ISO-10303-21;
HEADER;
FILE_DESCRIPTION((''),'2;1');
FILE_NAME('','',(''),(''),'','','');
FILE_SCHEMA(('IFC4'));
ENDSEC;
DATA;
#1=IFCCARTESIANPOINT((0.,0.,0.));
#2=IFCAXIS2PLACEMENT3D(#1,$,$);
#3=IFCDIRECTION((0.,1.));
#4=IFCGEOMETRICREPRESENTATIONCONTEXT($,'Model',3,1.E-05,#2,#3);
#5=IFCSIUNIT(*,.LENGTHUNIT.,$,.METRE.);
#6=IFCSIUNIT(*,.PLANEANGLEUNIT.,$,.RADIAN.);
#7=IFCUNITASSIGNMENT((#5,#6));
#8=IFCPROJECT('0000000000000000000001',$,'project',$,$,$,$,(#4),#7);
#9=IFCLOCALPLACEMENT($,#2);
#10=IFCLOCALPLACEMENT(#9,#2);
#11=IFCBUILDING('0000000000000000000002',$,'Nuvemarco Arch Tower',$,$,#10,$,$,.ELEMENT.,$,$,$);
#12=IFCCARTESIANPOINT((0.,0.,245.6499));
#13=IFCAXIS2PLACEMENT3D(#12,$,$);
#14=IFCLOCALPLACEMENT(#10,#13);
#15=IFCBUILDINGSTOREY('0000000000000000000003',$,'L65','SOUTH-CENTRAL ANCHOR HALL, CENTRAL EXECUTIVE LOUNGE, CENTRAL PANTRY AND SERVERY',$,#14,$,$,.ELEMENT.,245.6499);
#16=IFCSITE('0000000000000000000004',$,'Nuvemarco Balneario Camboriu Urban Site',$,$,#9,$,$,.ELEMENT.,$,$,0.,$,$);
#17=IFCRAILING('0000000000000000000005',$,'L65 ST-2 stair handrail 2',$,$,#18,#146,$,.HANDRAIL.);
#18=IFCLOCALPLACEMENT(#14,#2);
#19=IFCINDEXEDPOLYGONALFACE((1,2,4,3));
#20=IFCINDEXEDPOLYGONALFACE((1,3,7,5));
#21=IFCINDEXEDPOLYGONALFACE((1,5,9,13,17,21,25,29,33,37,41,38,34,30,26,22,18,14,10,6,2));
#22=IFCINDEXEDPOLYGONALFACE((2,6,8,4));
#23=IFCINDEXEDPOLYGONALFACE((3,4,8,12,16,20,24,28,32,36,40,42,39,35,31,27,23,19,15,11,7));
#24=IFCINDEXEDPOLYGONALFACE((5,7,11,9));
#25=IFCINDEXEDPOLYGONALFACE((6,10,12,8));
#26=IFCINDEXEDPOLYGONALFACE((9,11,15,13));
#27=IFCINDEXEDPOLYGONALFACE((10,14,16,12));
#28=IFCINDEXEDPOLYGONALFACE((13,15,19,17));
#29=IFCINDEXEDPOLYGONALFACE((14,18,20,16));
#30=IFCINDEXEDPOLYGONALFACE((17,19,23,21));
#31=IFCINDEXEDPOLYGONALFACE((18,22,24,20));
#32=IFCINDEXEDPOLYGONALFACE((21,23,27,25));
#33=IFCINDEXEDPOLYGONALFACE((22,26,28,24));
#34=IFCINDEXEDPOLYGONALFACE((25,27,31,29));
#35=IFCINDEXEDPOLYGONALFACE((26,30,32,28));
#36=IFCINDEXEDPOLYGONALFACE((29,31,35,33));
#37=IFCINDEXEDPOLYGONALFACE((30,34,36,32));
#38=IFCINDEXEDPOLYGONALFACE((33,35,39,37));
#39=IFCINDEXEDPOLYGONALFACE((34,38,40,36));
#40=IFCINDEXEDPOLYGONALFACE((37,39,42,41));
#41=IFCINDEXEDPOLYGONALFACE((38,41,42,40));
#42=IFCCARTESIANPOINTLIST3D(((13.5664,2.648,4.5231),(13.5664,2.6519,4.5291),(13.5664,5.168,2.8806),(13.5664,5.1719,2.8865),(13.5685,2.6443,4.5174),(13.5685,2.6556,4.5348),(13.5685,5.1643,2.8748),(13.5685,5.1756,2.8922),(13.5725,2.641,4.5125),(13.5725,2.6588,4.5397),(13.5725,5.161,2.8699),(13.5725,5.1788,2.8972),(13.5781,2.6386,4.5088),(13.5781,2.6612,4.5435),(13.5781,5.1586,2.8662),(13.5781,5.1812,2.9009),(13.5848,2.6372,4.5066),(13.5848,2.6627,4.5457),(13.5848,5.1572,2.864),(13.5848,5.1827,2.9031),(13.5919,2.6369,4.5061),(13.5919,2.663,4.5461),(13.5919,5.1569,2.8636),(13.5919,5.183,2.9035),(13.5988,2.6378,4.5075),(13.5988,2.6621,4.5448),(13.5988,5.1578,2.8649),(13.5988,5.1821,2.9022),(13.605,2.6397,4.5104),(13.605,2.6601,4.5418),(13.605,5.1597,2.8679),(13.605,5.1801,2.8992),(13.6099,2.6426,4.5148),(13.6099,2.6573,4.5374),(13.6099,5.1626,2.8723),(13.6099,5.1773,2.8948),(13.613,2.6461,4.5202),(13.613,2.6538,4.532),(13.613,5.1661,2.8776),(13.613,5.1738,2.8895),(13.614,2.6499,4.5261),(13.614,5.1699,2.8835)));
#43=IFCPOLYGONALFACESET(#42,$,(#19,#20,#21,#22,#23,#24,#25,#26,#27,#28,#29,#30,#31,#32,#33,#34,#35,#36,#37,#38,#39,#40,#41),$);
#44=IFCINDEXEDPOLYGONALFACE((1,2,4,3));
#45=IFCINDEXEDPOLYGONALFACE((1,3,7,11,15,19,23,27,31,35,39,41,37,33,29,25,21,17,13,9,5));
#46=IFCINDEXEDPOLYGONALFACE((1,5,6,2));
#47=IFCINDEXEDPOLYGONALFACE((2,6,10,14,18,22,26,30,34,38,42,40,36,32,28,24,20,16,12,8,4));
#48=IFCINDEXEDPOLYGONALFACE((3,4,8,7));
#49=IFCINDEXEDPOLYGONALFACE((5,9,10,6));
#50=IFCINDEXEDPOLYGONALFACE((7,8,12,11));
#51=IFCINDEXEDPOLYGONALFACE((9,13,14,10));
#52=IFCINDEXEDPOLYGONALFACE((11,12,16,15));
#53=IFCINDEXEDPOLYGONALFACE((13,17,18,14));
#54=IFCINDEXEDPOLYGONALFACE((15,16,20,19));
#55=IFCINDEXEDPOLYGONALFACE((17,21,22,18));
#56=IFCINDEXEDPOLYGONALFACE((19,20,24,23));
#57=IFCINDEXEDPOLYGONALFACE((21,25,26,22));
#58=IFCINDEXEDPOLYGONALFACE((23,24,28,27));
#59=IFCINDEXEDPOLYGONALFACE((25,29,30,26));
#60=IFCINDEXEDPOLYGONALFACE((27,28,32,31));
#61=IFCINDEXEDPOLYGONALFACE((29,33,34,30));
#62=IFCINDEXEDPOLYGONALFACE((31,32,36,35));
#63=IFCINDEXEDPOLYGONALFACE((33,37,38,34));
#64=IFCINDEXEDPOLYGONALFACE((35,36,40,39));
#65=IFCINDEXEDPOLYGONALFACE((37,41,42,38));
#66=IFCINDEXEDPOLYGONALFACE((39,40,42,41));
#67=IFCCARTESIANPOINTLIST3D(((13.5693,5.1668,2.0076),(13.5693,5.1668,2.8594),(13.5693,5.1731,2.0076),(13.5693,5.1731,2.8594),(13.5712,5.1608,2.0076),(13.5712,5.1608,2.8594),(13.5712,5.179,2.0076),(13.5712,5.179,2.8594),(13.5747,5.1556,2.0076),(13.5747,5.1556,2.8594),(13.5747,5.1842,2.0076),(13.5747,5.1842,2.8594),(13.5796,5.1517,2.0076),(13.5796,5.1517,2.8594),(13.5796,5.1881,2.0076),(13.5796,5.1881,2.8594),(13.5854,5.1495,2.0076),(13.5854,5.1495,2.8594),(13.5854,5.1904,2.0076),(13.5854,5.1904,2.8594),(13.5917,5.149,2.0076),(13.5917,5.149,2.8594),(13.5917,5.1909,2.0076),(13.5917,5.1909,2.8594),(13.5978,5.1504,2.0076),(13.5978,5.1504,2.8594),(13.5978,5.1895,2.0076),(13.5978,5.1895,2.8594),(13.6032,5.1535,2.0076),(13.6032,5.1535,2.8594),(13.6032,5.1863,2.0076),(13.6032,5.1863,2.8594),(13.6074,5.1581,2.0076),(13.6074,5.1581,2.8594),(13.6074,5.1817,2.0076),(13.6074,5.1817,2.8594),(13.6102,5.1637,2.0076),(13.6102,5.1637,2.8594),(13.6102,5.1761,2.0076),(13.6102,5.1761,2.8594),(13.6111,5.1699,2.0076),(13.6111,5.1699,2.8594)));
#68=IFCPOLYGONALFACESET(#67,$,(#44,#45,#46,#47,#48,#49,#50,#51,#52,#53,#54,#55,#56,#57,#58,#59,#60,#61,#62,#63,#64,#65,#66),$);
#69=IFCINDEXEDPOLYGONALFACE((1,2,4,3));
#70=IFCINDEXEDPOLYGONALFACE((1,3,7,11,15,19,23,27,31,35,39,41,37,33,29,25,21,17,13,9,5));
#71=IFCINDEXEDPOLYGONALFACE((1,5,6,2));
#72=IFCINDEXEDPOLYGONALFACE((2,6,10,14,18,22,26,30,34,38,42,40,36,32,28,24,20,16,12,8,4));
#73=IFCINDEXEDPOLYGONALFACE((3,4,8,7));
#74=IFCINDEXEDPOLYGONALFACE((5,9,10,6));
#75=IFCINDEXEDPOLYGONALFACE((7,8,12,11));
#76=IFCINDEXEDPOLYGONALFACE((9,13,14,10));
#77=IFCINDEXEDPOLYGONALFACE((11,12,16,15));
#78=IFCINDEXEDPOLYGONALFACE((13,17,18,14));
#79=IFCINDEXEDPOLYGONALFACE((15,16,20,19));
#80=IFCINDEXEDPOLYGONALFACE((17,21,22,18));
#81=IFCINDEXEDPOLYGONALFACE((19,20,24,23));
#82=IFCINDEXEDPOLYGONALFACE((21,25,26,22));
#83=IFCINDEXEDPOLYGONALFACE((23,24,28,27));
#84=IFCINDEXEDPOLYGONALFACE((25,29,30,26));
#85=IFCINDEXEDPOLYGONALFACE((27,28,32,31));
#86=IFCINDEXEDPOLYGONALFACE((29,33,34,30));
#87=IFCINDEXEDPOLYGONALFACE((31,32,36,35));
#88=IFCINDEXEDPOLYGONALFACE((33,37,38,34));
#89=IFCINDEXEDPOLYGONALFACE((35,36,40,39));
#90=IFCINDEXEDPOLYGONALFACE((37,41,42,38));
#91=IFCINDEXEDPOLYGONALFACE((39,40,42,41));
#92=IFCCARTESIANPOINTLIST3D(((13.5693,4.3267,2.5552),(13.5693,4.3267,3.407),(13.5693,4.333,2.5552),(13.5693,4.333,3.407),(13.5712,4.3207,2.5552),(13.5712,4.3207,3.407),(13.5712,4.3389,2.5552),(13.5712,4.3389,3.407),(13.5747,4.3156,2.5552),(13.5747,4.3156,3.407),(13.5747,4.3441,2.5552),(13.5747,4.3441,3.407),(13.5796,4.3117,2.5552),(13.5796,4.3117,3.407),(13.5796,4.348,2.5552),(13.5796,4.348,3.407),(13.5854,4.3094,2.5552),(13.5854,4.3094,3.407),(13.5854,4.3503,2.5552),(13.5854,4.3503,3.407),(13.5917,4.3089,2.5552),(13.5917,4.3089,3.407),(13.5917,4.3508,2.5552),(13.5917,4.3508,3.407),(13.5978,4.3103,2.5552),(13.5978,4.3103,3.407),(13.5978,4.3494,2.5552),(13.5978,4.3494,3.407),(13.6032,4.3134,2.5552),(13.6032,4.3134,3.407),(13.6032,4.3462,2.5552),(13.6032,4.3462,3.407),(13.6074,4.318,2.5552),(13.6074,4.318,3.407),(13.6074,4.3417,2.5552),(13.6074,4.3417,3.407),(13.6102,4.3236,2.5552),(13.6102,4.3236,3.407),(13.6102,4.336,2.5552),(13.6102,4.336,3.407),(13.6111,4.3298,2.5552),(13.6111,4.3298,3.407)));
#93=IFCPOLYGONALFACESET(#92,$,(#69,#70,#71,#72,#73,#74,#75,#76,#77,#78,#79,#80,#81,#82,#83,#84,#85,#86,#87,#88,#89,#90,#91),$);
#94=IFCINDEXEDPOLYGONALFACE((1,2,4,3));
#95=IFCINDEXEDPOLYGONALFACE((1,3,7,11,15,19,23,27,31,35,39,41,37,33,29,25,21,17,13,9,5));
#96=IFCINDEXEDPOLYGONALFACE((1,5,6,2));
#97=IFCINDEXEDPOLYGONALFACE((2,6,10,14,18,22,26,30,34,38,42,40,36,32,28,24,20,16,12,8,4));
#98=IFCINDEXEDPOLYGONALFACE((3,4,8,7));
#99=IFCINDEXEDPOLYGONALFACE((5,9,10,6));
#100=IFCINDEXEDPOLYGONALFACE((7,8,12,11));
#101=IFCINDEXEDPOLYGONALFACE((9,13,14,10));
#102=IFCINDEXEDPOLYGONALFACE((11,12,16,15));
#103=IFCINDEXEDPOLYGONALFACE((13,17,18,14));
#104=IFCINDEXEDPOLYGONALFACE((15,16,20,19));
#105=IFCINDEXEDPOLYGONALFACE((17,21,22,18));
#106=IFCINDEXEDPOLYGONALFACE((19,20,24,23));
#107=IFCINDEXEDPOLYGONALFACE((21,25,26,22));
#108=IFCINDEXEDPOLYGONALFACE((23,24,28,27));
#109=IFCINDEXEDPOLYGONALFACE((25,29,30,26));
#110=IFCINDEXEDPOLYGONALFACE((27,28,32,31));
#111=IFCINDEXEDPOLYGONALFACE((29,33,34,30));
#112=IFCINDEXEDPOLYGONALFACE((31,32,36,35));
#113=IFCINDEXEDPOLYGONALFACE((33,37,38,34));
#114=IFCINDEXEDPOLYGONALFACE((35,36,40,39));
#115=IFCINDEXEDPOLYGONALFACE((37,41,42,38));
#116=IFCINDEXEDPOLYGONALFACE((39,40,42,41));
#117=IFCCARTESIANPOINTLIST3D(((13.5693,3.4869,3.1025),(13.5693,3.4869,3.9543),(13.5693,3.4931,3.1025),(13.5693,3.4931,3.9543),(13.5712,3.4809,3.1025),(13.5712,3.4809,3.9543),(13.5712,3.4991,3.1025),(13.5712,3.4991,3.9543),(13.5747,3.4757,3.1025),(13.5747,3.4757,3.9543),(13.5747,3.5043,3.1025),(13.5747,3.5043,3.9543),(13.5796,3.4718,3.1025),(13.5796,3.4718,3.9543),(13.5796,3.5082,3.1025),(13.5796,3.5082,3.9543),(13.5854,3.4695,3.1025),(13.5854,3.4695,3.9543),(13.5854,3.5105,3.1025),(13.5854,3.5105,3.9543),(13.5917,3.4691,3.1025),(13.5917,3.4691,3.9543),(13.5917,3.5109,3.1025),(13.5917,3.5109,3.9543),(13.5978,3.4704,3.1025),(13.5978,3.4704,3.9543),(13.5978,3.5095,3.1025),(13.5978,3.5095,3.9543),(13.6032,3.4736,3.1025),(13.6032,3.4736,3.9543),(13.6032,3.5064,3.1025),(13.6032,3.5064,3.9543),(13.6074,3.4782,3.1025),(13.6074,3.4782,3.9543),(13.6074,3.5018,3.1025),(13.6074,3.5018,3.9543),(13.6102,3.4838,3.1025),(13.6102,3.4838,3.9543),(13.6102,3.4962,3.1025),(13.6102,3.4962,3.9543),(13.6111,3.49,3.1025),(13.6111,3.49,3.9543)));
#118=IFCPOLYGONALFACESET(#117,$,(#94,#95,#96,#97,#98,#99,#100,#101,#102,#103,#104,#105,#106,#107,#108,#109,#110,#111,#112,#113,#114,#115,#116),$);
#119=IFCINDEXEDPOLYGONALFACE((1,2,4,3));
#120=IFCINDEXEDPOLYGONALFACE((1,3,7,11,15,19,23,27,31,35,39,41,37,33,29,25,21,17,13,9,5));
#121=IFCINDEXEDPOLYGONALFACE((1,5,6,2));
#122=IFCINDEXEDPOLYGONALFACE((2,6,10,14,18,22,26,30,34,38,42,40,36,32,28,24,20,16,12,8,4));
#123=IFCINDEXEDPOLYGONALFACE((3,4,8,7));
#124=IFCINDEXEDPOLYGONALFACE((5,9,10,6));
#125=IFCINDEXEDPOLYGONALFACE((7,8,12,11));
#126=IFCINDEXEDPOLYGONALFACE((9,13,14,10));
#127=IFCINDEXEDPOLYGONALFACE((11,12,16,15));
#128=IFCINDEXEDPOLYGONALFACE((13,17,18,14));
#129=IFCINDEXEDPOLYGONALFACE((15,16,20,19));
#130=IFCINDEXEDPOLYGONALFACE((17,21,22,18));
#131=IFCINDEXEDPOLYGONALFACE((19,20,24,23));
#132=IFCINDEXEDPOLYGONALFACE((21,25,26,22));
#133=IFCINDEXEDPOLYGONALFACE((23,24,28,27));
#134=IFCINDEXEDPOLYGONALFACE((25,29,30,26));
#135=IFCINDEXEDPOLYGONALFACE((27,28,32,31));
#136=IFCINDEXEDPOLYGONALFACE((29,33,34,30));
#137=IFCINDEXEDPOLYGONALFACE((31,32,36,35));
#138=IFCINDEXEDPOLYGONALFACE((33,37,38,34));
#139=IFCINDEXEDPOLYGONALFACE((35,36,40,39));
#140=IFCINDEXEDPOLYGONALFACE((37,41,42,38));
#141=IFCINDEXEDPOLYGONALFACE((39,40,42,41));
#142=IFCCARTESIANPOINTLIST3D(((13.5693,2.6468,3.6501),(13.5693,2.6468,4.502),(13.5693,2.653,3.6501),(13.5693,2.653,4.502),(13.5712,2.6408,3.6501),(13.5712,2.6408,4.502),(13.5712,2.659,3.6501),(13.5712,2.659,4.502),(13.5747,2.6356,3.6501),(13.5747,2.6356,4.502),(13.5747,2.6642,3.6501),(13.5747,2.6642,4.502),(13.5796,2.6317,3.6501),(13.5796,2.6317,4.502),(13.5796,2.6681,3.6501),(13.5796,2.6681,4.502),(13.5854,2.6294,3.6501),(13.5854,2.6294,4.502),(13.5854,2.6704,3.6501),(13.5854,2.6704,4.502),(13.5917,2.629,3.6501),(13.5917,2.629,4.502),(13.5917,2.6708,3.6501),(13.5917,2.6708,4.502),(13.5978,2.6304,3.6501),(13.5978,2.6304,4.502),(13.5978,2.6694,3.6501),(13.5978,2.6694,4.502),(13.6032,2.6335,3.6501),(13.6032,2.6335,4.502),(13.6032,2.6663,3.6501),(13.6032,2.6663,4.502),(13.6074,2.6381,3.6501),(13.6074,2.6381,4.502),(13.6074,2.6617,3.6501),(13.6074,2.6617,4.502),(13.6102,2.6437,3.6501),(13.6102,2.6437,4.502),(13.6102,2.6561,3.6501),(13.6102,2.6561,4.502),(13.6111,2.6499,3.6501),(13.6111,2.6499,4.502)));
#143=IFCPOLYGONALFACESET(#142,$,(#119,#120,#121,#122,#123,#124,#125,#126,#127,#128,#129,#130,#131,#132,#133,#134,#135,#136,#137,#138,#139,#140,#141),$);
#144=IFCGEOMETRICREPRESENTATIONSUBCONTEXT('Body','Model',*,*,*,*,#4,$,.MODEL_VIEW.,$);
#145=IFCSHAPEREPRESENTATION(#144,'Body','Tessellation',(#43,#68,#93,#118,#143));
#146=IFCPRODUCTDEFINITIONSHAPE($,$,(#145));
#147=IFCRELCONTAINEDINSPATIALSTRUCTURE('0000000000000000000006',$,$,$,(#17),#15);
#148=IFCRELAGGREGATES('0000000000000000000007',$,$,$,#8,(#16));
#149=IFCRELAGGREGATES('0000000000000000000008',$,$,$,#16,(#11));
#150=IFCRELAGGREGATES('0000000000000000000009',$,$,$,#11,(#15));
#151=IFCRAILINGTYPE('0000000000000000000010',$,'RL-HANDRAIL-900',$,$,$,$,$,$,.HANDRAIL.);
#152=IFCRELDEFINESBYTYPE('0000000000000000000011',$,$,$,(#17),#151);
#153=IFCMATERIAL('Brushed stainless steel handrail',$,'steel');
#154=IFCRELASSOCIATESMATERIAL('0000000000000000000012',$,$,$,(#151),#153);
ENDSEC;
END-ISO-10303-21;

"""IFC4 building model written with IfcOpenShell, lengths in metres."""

from ifc_helpers import new_model, si_unit, direction, frame, origin, origin_2d, place, context, subcontext, project, spatial, circle, extrude, material, type_object, element, save


model = new_model("IFC4")

# Units and contexts
model_context = context("Model", 3, precision=1e-05, world=origin(), true_north=direction((0.0, 1.0)))
body_context = subcontext(model_context, "Body", "Model", "MODEL_VIEW")
ifc_project = project(units=[si_unit("LENGTHUNIT", "METRE"), si_unit("PLANEANGLEUNIT", "RADIAN")], contexts=[model_context])

# Site, building, storey
site_placement = place(None, origin())
site = spatial("IfcSite", under=ifc_project, at=site_placement, Name="Nuvemarco Balneario Camboriu Urban Site", CompositionType="ELEMENT", RefElevation=0.0)
building_placement = place(site_placement, origin())
building = spatial("IfcBuilding", under=site, at=building_placement, Name="Nuvemarco Arch Tower", CompositionType="ELEMENT")
storey_placement = place(building_placement, frame((0.0, 0.0, 245.6499)))
storey = spatial("IfcBuildingStorey", under=building, at=storey_placement, Name="L65", Description="SOUTH-CENTRAL ANCHOR HALL, CENTRAL EXECUTIVE LOUNGE, CENTRAL PANTRY AND SERVERY", CompositionType="ELEMENT", Elevation=245.6499)

# Railing
ifc_material_1 = material(Name="Brushed stainless steel handrail", Category="steel")
railing_type_1 = type_object("IfcRailingType", Name="RL-HANDRAIL-900", PredefinedType="HANDRAIL", material=ifc_material_1)
railing_1_placement = place(storey_placement, frame((13.5901, 5.1699, 2.0076)))
element("IfcRailing", 1, at=railing_1_placement, inside=storey, type_object=railing_type_1, Name="L65 ST-2 stair handrail 2", PredefinedType="HANDRAIL", context=body_context, shape_type="SweptSolid", body=[
    extrude(circle(Radius=0.0239, at=origin_2d()), frame((0.0, 0.0, 0.876), z_axis=(0.0, -0.837749, 0.546055), x_axis=(1.0, 0.0, 0.0)), (0.0, 0.0, 1.0), 3.0081),
    extrude(circle(Radius=0.021, at=origin_2d()), origin(), (0.0, 0.0, 1.0), 0.8518),
    extrude(circle(Radius=0.021, at=origin_2d()), frame((0.0, -0.8401, 0.5476)), (0.0, 0.0, 1.0), 0.8518),
    extrude(circle(Radius=0.021, at=origin_2d()), frame((0.0, -1.6799, 1.095)), (0.0, 0.0, 1.0), 0.8518),
    extrude(circle(Radius=0.021, at=origin_2d()), frame((0.0, -2.52, 1.6426)), (0.0, 0.0, 1.0), 0.8518),
])

save(model, "model.ifc")
